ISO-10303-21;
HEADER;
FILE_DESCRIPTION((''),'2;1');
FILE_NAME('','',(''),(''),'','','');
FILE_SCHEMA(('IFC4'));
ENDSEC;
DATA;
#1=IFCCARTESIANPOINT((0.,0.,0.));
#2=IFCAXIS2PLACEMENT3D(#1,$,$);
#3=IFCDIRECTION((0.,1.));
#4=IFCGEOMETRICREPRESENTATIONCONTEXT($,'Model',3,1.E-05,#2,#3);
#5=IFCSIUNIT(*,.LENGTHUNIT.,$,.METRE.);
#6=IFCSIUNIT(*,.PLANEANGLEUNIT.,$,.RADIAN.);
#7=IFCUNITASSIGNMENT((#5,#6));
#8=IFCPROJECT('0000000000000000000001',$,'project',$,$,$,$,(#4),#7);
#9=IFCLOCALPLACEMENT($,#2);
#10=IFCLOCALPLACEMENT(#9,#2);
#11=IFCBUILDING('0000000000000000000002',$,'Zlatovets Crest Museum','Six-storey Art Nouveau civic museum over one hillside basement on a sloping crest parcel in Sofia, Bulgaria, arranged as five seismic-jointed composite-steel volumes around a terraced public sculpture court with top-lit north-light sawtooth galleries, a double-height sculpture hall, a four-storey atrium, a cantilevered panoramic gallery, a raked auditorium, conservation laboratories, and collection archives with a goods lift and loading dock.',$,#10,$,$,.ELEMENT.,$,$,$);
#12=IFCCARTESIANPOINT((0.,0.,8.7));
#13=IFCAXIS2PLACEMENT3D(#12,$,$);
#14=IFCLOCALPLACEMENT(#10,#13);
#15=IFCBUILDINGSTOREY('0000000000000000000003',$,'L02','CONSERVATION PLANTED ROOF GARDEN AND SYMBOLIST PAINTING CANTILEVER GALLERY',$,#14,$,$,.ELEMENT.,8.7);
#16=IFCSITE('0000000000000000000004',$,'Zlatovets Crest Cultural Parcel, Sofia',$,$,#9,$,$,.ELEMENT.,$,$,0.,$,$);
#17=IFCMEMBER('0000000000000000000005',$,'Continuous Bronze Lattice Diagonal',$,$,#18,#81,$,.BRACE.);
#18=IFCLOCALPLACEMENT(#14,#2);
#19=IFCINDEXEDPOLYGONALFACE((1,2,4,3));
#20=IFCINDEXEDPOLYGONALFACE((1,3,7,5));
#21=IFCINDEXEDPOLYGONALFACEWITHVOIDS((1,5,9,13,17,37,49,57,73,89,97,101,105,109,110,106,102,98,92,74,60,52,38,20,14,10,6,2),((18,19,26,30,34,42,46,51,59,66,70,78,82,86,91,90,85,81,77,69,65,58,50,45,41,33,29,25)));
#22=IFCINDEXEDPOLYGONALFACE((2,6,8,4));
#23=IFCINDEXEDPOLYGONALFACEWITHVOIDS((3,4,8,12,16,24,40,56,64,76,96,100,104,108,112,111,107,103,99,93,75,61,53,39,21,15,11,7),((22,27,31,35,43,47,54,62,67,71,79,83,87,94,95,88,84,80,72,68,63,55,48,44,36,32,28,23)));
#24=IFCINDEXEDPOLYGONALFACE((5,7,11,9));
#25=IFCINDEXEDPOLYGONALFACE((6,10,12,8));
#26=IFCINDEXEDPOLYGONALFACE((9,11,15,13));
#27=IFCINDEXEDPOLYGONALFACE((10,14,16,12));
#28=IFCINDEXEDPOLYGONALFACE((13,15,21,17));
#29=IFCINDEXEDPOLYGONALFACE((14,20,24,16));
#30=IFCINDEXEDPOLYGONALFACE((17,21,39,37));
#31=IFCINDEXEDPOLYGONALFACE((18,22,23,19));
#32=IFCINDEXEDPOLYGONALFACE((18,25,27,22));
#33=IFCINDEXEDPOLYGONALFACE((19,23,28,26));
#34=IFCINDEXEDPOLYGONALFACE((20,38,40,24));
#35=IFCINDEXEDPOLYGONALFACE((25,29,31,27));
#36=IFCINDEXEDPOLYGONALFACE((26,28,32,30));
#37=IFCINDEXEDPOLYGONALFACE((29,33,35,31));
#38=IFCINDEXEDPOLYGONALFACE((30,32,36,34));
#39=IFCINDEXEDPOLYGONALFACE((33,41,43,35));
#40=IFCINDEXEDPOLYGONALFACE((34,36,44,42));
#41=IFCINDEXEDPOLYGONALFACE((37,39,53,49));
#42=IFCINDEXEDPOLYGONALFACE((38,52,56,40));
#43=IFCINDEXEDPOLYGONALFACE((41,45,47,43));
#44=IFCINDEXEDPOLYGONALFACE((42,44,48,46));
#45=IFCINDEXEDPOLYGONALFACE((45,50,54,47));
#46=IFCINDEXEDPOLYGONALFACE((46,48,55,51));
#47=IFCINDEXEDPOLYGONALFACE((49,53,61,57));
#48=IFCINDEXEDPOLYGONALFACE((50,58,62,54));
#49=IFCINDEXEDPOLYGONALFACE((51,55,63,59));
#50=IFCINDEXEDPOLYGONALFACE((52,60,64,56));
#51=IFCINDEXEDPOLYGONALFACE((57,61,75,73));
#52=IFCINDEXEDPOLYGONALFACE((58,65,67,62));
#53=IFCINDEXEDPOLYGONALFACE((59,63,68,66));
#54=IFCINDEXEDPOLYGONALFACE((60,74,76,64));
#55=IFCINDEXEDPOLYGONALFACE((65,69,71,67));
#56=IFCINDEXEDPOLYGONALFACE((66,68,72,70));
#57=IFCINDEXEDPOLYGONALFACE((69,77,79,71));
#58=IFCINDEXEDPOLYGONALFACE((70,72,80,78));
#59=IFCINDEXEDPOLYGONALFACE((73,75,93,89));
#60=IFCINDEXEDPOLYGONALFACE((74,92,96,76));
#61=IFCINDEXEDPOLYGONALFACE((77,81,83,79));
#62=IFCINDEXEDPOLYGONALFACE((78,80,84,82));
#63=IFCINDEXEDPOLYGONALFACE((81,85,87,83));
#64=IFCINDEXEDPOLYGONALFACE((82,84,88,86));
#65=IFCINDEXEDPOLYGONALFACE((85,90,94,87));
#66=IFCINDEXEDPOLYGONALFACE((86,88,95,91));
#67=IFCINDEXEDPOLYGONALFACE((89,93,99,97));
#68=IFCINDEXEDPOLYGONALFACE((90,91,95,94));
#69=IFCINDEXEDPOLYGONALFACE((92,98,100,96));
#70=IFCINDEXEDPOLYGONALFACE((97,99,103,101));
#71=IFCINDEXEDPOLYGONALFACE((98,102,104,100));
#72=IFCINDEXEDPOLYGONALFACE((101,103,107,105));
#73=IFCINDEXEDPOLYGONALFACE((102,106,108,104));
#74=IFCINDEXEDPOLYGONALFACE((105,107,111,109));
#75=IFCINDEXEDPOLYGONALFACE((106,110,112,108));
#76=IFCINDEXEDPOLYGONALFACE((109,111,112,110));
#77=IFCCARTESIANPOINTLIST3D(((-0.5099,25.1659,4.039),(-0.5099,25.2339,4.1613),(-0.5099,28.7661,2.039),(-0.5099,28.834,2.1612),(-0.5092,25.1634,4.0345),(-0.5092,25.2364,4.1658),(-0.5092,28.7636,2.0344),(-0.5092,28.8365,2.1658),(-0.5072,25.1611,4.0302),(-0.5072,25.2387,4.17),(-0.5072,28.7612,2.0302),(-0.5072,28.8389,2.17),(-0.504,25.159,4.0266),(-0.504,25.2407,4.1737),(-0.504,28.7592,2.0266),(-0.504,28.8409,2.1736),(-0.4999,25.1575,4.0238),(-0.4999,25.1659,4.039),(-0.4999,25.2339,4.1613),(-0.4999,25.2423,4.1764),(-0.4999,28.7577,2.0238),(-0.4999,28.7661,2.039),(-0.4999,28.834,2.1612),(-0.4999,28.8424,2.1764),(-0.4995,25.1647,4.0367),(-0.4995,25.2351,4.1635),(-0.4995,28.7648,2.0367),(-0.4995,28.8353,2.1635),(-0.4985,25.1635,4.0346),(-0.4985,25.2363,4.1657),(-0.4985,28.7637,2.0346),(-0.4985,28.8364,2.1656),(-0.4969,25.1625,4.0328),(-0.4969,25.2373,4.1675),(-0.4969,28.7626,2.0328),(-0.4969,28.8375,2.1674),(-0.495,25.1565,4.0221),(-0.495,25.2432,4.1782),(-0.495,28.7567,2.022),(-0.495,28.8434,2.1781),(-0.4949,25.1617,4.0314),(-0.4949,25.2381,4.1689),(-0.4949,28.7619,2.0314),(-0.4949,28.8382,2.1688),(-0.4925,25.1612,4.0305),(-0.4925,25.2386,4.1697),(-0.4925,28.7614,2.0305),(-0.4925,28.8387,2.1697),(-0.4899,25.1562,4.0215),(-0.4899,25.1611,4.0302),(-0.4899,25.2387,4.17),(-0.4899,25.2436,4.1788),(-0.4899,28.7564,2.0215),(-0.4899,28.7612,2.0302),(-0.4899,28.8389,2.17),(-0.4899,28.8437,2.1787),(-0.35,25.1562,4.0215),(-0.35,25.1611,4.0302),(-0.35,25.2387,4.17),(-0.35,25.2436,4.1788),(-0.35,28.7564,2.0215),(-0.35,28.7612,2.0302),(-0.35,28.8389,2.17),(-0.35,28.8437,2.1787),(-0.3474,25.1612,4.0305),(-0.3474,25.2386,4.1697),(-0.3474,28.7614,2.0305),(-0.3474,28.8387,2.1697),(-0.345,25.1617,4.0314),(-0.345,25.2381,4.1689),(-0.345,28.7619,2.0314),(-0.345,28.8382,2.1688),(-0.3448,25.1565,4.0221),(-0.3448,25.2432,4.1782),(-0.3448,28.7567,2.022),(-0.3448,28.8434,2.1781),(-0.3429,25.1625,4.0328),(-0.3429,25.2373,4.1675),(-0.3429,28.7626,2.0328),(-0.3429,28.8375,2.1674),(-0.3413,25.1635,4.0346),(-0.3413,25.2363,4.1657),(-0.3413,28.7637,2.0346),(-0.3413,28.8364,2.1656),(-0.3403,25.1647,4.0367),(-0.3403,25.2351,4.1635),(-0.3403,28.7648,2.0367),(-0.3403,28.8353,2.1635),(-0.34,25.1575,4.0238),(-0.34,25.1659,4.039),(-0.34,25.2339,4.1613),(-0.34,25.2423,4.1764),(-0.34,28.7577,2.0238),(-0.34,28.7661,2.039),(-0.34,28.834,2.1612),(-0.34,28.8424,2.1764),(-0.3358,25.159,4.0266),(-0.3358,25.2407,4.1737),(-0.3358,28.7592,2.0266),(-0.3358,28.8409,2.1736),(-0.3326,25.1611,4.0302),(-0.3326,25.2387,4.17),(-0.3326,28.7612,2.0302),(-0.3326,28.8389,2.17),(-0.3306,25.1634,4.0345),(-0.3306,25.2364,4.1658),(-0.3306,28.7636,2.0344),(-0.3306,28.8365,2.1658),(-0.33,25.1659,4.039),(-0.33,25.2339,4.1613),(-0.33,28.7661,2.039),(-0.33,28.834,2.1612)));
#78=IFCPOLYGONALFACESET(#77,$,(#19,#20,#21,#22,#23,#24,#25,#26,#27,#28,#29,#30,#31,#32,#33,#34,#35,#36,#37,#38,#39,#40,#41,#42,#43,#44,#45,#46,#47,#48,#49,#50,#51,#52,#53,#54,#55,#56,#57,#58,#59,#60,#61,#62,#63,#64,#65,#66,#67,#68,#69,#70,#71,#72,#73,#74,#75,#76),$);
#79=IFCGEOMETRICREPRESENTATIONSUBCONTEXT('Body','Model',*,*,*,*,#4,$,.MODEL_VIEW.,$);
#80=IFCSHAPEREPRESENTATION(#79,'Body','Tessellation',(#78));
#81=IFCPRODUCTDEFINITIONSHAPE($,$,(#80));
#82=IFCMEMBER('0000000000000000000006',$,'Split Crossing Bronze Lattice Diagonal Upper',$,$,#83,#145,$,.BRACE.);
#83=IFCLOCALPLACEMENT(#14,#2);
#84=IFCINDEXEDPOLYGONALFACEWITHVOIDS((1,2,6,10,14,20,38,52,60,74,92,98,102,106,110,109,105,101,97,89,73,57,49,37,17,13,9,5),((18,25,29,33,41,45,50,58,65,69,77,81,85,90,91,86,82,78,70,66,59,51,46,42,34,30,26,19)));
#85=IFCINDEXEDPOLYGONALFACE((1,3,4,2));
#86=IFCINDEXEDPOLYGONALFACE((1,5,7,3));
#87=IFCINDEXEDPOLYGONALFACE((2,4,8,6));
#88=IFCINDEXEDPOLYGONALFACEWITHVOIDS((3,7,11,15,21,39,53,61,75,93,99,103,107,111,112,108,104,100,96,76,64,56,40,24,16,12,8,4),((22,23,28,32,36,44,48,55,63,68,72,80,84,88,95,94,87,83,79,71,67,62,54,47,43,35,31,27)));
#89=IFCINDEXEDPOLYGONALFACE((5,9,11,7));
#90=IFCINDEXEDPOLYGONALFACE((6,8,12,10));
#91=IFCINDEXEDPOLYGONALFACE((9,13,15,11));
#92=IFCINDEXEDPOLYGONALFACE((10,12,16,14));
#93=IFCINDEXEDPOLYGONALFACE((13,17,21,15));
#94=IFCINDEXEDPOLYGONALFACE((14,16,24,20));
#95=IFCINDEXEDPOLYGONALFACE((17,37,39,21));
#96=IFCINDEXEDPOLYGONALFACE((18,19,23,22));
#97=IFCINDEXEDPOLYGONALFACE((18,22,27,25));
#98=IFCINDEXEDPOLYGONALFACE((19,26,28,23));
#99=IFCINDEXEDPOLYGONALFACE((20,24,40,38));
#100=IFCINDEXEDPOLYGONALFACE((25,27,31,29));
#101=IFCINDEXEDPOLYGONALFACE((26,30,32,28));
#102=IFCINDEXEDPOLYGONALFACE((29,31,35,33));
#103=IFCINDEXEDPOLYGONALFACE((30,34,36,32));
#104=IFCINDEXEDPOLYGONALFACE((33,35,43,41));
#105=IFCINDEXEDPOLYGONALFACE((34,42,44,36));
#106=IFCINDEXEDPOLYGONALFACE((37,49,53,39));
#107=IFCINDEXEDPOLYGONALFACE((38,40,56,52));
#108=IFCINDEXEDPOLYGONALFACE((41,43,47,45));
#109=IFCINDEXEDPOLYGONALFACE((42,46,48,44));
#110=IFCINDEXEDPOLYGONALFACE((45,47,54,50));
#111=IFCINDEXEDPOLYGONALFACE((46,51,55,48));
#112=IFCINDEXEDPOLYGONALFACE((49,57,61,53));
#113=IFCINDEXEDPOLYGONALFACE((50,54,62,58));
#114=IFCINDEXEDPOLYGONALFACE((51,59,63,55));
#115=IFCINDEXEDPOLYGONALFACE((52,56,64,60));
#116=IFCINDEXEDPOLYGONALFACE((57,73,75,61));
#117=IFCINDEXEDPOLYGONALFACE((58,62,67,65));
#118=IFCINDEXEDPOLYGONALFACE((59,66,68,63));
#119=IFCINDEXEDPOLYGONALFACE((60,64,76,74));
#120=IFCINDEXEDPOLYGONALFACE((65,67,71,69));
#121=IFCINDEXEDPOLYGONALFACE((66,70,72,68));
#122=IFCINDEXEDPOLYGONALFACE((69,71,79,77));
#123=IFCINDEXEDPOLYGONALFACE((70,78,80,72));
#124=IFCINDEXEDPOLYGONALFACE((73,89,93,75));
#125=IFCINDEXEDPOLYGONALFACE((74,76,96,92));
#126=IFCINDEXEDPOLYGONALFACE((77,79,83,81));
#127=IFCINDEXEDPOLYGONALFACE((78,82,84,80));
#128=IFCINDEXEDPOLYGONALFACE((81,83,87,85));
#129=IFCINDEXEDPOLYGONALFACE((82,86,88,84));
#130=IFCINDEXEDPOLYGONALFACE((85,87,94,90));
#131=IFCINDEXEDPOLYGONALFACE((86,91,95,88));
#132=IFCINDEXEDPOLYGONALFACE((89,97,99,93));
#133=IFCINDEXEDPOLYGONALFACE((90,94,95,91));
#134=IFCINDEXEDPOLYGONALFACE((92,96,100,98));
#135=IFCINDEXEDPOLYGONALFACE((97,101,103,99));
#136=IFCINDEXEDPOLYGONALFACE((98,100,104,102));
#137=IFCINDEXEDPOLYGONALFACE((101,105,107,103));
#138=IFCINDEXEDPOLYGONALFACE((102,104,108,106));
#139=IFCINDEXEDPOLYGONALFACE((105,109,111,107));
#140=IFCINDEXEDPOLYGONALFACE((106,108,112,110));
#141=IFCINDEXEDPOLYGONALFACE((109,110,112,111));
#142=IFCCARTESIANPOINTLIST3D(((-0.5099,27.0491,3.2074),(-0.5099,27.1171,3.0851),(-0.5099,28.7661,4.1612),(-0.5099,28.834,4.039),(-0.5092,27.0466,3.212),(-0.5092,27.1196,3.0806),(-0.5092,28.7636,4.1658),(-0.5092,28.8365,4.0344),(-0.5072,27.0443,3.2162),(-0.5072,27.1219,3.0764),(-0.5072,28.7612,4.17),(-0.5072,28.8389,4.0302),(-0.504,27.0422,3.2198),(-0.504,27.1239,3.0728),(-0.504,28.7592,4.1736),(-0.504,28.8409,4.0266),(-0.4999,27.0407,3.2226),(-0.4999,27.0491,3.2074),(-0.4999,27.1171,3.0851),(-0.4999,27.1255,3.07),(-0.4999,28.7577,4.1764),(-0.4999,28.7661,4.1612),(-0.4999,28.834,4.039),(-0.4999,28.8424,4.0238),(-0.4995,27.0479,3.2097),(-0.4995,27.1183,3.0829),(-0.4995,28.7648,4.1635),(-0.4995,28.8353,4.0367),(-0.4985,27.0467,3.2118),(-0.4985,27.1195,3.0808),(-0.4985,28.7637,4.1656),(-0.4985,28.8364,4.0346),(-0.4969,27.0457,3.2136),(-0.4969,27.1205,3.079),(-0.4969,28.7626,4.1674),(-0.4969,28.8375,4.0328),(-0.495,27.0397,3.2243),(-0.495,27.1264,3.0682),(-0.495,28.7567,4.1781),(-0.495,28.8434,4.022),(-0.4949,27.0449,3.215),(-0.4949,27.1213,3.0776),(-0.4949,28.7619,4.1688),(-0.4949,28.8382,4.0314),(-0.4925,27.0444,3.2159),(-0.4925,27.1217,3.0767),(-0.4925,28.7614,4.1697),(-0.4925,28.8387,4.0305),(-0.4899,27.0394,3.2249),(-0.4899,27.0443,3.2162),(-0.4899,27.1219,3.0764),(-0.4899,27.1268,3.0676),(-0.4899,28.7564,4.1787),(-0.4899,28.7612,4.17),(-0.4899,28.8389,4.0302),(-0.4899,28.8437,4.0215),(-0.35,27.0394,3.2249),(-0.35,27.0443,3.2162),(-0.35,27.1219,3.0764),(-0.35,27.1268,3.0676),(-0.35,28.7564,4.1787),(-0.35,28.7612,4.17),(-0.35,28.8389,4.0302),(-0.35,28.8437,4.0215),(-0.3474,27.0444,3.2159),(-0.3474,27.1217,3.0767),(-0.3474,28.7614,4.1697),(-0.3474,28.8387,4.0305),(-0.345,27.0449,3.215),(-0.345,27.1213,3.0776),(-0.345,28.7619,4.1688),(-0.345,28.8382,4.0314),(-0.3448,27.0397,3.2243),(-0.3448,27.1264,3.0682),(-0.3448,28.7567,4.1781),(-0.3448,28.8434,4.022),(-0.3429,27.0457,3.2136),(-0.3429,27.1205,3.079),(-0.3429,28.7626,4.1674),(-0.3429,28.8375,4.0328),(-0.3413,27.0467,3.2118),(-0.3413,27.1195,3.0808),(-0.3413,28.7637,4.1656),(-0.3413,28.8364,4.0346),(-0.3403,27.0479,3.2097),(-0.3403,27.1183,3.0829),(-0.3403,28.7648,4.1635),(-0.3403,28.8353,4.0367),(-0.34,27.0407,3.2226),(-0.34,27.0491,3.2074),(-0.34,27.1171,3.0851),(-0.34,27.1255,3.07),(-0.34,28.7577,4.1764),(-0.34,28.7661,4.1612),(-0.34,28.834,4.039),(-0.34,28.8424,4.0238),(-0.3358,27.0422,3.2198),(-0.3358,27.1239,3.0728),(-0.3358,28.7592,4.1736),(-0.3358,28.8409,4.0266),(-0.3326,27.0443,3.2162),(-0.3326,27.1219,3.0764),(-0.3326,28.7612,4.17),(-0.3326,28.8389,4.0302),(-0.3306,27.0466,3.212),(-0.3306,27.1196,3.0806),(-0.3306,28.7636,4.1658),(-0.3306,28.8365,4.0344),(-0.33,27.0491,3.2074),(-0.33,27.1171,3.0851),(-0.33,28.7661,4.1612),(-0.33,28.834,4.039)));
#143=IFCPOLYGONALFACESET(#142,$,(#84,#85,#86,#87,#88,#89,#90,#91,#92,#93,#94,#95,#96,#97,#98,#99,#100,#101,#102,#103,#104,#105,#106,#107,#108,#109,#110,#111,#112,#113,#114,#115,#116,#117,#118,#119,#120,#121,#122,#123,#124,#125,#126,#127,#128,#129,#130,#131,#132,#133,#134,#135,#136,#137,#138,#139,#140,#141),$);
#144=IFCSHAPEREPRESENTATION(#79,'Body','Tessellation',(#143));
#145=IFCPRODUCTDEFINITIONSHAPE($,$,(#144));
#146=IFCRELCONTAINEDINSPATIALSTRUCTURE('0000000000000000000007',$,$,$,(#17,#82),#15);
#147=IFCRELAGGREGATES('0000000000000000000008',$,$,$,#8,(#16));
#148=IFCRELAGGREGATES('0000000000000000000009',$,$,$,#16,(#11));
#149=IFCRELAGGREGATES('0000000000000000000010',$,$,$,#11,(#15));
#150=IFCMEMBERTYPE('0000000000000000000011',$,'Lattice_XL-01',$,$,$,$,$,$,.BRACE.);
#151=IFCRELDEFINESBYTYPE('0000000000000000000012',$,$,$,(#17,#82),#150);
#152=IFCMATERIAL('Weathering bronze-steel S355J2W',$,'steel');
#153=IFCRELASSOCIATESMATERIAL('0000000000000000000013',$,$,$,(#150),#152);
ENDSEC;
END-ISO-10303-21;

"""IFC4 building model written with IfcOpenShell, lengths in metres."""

from ifc_helpers import new_model, si_unit, direction, frame, origin, origin_2d, place, context, subcontext, project, spatial, hollow_rectangle, extrude, material, material_profile, profile_set, type_object, element, save


model = new_model("IFC4")

# Units and contexts
model_context = context("Model", 3, precision=1e-05, world=origin(), true_north=direction((0.0, 1.0)))
body_context = subcontext(model_context, "Body", "Model", "MODEL_VIEW")
ifc_project = project(units=[si_unit("LENGTHUNIT", "METRE"), si_unit("PLANEANGLEUNIT", "RADIAN")], contexts=[model_context])

# Site, building, storey
site_placement = place(None, origin())
site = spatial("IfcSite", under=ifc_project, at=site_placement, Name="Zlatovets Crest Cultural Parcel, Sofia", CompositionType="ELEMENT", RefElevation=0.0)
building_placement = place(site_placement, origin())
building = spatial("IfcBuilding", under=site, at=building_placement, Name="Zlatovets Crest Museum", Description="Six-storey Art Nouveau civic museum over one hillside basement on a sloping crest parcel in Sofia, Bulgaria, arranged as five seismic-jointed composite-steel volumes around a terraced public sculpture court with top-lit north-light sawtooth galleries, a double-height sculpture hall, a four-storey atrium, a cantilevered panoramic gallery, a raked auditorium, conservation laboratories, and collection archives with a goods lift and loading dock.", CompositionType="ELEMENT")
storey_placement = place(building_placement, frame((0.0, 0.0, 8.7)))
storey = spatial("IfcBuildingStorey", under=building, at=storey_placement, Name="L02", Description="CONSERVATION PLANTED ROOF GARDEN AND SYMBOLIST PAINTING CANTILEVER GALLERY", CompositionType="ELEMENT", Elevation=8.7)

# Members
ifc_material_1 = material(Name="Weathering bronze-steel S355J2W", Category="steel")
ifc_material_profile_1 = material_profile(ifc_material_1, hollow_rectangle(XDim=0.1799, YDim=0.1799, WallThickness=0.01, InnerFilletRadius=0.01, OuterFilletRadius=0.02, at=origin_2d()), Name="SHS 180x180x10.0")
ifc_profile_set_1 = profile_set([ifc_material_profile_1], Name="Weathering bronze-steel S355J2W")
member_type_1 = type_object("IfcMemberType", Name="Lattice_XL-01", PredefinedType="BRACE", material=ifc_profile_set_1)
member_1_placement = place(storey_placement, frame((-0.4199, 28.8, 2.1001), z_axis=(0.0, -0.874163, 0.485633), x_axis=(1.0, 0.0, 0.0)))
element("IfcMember", 1, at=member_1_placement, inside=storey, type_object=member_type_1, Name="Continuous Bronze Lattice Diagonal", PredefinedType="BRACE", context=body_context, shape_type="SweptSolid", body=[
    extrude(hollow_rectangle(XDim=0.1799, YDim=0.1799, WallThickness=0.01, InnerFilletRadius=0.01, OuterFilletRadius=0.02, at=origin_2d()), origin(), (0.0, 0.0, 1.0), 4.1184),
])
for number, where, z_axis, x_axis, name in (
    (2, (-0.4199, 28.8, 4.1001), (0.0, -0.874169, -0.485622), (1.0, 0.0, 0.0), "Split Crossing Bronze Lattice Diagonal Upper"),
):
    element("IfcMember", number, at=place(storey_placement, frame(where, z_axis=z_axis, x_axis=x_axis)), inside=storey, type_object=member_type_1, Name=name, PredefinedType="BRACE", context=body_context, shape_type="SweptSolid", body=[
        extrude(hollow_rectangle(XDim=0.1799, YDim=0.1799, WallThickness=0.01, InnerFilletRadius=0.01, OuterFilletRadius=0.02, at=origin_2d()), origin(), (0.0, 0.0, 1.0), 1.9641),
    ])

save(model, "model.ifc")
